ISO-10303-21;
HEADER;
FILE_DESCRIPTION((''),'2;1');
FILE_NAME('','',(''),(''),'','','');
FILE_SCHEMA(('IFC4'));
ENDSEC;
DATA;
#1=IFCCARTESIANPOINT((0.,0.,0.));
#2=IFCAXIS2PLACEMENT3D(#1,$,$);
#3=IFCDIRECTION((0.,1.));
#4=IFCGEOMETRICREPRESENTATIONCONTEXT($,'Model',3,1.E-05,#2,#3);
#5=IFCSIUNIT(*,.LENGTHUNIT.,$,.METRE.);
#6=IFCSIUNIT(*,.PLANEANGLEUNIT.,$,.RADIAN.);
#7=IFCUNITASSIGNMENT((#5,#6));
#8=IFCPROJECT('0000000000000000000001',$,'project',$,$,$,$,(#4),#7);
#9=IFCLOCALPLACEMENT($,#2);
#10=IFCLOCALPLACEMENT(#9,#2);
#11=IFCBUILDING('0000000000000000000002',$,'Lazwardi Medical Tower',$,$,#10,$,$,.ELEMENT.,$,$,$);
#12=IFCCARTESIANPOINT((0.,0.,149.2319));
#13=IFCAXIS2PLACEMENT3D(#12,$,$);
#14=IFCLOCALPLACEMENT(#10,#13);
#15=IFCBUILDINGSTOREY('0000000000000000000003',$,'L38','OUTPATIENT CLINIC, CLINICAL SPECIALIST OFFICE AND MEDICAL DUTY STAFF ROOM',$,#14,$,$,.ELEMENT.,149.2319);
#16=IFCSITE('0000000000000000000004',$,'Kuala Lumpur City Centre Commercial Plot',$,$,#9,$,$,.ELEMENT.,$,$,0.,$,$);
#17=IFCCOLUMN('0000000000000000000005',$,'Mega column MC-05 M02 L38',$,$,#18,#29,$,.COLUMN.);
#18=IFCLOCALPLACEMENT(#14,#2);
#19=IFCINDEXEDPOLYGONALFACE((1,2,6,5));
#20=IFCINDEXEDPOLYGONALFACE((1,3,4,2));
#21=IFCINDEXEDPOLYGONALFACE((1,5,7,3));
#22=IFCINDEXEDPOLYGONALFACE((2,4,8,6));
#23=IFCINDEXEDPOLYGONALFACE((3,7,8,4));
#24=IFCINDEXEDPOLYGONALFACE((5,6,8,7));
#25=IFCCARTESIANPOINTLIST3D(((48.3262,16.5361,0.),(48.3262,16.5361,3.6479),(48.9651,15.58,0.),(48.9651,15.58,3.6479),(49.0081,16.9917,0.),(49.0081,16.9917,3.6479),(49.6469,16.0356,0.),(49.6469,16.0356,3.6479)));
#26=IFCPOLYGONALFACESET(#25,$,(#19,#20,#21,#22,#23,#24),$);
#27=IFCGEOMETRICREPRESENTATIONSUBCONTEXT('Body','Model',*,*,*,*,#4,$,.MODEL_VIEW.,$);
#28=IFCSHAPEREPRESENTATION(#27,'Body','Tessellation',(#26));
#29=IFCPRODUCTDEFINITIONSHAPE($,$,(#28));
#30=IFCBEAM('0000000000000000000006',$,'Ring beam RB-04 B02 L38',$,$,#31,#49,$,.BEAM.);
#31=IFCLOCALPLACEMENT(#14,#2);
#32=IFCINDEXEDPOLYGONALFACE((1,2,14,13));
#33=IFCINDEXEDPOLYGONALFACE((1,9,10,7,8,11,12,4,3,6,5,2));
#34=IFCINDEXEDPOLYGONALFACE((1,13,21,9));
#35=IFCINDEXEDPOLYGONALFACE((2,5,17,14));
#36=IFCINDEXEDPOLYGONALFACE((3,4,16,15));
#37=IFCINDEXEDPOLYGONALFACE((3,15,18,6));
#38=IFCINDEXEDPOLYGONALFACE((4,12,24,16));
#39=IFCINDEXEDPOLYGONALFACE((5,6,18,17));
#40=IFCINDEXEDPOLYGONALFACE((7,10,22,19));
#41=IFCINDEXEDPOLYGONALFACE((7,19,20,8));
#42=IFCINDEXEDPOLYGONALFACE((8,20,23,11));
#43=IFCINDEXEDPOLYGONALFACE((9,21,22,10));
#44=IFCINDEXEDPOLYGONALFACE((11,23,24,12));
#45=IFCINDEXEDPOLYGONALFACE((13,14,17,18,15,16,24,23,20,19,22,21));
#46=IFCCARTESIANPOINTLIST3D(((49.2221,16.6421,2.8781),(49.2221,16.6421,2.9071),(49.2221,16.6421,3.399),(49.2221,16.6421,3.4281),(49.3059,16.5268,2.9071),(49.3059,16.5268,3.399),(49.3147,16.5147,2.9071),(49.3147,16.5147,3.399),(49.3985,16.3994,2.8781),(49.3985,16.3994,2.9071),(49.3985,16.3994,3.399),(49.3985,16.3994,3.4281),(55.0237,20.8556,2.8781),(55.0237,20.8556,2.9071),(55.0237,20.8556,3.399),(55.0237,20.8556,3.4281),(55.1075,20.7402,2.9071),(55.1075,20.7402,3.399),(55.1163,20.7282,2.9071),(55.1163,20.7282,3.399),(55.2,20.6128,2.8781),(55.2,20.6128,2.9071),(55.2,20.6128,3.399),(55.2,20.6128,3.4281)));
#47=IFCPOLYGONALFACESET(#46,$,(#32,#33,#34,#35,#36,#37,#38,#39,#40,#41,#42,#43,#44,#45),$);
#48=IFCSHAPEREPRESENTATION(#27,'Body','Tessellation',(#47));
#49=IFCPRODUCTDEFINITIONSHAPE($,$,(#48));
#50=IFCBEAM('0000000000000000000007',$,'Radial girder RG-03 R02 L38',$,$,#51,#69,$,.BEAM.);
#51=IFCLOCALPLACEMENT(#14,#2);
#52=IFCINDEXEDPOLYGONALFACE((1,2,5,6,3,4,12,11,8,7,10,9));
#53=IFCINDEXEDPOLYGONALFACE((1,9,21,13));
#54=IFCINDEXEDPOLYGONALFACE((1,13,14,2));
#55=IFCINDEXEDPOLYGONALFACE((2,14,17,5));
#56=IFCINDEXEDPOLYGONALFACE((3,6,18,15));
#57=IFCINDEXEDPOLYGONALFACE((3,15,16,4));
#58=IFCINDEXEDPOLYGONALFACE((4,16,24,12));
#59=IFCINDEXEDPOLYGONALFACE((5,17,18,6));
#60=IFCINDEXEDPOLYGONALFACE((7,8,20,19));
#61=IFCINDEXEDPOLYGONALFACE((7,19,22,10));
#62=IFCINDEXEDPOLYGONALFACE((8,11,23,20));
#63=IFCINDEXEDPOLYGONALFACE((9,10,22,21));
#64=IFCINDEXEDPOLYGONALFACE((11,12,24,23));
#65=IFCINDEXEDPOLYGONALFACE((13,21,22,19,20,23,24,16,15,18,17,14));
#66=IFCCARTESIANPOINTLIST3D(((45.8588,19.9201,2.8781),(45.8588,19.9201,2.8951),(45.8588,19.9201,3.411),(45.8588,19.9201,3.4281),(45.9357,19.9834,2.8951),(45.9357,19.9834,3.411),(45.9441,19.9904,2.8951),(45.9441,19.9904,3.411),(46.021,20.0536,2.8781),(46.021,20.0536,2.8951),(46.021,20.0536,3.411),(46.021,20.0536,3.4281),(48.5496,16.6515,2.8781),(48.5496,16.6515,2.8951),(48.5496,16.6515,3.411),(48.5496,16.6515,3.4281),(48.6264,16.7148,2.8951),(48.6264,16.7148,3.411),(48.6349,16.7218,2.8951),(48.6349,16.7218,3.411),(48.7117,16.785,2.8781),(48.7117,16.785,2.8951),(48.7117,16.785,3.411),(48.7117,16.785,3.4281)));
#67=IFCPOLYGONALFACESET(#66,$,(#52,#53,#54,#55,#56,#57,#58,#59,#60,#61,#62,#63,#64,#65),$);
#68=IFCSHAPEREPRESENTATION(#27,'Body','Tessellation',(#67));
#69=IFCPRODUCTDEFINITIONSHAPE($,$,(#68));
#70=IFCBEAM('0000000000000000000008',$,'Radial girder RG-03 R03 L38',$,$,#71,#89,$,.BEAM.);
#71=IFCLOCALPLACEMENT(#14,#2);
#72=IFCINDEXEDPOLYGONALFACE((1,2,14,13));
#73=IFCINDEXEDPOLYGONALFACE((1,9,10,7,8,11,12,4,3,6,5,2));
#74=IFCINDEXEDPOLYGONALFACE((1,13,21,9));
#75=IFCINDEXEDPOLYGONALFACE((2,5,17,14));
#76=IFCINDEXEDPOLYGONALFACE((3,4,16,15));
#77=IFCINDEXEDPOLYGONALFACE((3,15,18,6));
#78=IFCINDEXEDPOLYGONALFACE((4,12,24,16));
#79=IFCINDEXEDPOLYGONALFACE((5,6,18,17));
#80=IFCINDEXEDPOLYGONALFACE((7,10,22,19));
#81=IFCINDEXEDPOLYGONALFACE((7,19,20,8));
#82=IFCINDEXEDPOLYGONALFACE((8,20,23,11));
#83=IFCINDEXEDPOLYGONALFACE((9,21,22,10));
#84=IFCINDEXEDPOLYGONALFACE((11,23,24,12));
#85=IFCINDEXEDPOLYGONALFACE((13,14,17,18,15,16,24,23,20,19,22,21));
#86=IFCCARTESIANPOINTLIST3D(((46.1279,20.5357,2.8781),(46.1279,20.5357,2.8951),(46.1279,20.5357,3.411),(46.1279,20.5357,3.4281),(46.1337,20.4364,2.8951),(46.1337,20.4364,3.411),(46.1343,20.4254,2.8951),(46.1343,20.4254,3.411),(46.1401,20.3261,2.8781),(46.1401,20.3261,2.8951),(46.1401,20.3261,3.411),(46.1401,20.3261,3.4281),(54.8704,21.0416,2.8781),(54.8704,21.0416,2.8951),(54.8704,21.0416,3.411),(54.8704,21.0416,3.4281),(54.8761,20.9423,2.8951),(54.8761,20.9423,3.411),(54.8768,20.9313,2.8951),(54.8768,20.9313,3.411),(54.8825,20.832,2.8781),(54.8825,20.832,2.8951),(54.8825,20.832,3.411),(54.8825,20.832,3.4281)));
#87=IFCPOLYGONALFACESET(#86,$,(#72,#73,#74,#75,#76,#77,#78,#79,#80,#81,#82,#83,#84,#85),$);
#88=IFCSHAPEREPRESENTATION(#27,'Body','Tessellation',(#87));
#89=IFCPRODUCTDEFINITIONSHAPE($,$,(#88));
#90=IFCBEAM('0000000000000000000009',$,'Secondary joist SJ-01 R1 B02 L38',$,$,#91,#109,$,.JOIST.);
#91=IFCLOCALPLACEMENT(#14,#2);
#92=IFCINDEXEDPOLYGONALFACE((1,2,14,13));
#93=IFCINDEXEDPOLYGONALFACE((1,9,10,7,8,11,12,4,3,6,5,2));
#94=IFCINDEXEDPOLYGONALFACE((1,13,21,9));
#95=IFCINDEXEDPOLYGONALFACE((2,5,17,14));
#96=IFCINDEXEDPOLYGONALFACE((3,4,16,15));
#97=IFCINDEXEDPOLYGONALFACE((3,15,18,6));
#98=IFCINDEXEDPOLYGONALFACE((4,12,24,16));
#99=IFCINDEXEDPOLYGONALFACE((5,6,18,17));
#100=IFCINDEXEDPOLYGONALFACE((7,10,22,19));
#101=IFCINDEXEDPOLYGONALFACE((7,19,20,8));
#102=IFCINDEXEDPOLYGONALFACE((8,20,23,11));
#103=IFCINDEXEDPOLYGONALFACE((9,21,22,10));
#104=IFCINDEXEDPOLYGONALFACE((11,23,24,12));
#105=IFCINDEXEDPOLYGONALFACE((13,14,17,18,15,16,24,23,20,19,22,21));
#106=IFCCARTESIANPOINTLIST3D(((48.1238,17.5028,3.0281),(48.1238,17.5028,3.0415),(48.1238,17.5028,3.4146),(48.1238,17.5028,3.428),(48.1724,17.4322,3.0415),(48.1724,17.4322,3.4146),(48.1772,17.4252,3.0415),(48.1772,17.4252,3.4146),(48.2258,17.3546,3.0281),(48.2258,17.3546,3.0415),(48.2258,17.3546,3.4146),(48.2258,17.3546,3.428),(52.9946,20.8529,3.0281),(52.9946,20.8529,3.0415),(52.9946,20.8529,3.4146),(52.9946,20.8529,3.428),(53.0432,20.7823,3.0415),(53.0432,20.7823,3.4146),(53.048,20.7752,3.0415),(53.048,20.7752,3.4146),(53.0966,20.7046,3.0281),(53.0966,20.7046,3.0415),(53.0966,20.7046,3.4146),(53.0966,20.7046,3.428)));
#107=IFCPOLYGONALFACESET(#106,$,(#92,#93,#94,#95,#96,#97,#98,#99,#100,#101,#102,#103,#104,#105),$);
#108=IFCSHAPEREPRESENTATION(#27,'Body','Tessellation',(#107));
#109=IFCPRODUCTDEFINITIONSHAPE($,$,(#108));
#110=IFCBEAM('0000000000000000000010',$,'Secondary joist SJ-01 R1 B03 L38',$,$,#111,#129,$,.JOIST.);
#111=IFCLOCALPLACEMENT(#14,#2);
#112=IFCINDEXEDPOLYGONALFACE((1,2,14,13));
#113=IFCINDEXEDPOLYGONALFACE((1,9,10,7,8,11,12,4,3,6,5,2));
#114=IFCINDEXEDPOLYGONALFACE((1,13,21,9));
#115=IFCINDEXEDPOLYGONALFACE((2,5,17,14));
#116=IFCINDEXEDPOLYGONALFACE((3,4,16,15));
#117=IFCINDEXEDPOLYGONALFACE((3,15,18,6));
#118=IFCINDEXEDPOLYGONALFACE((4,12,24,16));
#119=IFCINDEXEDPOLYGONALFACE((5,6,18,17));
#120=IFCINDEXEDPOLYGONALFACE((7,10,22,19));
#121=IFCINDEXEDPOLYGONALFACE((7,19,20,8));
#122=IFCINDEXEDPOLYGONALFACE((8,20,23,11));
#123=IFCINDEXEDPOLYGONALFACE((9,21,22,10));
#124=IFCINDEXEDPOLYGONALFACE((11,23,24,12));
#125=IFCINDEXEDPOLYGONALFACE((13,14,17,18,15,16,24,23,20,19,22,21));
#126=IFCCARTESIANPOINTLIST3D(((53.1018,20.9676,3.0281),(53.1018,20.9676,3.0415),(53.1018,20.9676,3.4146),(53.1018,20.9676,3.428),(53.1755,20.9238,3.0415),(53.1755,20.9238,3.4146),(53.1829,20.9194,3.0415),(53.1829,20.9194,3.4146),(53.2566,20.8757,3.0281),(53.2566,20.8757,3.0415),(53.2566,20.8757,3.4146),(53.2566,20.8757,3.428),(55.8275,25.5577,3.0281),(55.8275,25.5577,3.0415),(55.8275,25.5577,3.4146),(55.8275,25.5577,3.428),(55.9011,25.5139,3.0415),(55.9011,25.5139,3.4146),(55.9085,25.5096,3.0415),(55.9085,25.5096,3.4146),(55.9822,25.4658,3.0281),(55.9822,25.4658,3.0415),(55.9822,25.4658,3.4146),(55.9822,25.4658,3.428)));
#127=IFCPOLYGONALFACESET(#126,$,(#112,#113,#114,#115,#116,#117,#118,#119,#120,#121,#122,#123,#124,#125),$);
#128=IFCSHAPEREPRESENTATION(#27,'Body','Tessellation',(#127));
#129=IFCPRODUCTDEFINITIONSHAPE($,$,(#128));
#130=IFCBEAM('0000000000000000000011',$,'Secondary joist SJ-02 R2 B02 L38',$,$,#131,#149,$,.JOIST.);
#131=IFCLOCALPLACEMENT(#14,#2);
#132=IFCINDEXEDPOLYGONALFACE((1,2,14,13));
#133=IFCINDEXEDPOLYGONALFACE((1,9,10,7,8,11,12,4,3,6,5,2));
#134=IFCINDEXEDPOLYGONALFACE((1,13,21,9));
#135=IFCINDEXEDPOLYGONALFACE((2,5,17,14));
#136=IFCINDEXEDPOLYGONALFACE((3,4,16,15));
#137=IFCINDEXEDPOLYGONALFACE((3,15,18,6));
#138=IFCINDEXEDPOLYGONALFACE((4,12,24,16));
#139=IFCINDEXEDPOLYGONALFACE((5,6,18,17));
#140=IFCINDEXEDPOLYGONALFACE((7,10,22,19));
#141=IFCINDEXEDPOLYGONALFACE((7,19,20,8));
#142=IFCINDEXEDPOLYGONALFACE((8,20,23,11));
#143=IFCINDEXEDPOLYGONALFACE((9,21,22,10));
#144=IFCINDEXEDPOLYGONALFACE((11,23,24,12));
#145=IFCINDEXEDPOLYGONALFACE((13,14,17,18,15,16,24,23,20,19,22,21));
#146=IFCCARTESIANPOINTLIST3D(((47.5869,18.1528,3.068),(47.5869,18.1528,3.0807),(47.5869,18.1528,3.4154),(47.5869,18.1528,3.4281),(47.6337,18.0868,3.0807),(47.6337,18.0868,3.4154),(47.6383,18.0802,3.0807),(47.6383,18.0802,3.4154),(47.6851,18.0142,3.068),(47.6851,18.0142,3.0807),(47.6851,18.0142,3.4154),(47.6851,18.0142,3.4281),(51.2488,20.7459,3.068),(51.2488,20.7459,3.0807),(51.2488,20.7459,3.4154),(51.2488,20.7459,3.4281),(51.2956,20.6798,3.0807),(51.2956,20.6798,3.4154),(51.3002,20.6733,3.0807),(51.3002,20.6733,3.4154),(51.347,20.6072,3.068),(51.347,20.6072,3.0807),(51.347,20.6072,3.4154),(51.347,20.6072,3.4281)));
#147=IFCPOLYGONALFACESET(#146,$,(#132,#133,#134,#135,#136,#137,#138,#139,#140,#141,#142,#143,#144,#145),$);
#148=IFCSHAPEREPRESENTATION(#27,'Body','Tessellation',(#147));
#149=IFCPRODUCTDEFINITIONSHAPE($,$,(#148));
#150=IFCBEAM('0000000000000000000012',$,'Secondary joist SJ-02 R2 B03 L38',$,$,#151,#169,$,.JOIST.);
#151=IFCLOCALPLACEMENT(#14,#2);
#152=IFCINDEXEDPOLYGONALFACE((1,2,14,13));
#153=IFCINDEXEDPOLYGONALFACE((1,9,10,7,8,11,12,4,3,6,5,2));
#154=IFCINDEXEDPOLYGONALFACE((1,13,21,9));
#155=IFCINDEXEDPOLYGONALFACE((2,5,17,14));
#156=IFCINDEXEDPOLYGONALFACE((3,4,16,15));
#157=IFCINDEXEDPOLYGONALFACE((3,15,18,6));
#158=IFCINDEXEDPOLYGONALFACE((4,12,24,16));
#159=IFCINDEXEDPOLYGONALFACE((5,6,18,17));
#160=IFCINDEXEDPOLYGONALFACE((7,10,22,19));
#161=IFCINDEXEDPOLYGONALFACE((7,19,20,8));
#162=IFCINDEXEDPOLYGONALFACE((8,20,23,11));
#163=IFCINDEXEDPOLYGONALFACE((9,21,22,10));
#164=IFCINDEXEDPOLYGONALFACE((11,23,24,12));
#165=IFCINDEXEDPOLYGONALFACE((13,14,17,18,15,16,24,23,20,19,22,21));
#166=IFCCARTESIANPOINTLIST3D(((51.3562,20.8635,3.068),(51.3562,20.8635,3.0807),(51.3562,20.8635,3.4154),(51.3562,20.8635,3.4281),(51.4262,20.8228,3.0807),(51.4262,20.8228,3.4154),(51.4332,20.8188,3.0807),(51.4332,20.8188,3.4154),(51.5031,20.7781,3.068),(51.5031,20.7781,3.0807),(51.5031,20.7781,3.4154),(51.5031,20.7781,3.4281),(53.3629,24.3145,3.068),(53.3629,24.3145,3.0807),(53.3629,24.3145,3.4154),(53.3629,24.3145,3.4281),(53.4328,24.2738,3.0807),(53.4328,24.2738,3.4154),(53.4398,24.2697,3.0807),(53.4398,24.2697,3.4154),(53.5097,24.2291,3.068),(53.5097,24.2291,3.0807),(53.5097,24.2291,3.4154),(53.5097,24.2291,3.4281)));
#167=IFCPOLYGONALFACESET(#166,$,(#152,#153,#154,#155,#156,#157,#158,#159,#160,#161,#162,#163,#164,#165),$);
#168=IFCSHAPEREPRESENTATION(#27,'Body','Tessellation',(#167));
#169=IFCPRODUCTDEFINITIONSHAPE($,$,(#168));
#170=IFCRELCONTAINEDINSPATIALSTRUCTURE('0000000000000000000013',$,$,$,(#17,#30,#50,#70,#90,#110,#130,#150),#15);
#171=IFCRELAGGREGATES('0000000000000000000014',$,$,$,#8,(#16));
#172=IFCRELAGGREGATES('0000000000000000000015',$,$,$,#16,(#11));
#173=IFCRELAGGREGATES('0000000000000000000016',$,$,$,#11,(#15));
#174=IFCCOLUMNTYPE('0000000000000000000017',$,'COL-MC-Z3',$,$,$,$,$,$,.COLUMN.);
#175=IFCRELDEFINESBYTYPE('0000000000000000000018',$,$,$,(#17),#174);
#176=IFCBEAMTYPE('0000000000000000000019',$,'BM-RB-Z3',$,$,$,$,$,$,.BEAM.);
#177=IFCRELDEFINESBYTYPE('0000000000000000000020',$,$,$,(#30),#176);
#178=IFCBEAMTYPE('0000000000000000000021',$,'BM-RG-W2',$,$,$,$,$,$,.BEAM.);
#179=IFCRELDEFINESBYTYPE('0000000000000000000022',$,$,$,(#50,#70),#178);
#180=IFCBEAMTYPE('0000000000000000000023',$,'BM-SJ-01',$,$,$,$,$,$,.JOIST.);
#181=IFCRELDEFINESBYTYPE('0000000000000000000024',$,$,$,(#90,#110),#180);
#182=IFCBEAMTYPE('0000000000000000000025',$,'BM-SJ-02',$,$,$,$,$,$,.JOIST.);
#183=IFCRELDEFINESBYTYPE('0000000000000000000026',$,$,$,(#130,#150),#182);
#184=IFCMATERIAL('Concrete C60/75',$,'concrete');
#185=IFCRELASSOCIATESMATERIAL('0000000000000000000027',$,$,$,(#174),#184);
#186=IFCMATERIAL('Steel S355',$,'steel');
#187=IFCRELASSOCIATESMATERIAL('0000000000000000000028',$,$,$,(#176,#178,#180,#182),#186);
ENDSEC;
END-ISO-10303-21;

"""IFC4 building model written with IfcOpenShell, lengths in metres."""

from ifc_helpers import new_model, si_unit, direction, frame, origin, origin_2d, place, context, subcontext, project, spatial, rectangle, i_section, extrude, material, material_profile, profile_set, type_object, element, save


model = new_model("IFC4")

# Units and contexts
model_context = context("Model", 3, precision=1e-05, world=origin(), true_north=direction((0.0, 1.0)))
body_context = subcontext(model_context, "Body", "Model", "MODEL_VIEW")
ifc_project = project(units=[si_unit("LENGTHUNIT", "METRE"), si_unit("PLANEANGLEUNIT", "RADIAN")], contexts=[model_context])

# Site, building, storey
site_placement = place(None, origin())
site = spatial("IfcSite", under=ifc_project, at=site_placement, Name="Kuala Lumpur City Centre Commercial Plot", CompositionType="ELEMENT", RefElevation=0.0)
building_placement = place(site_placement, origin())
building = spatial("IfcBuilding", under=site, at=building_placement, Name="Lazwardi Medical Tower", CompositionType="ELEMENT")
storey_placement = place(building_placement, frame((0.0, 0.0, 149.2319)))
storey = spatial("IfcBuildingStorey", under=building, at=storey_placement, Name="L38", Description="OUTPATIENT CLINIC, CLINICAL SPECIALIST OFFICE AND MEDICAL DUTY STAFF ROOM", CompositionType="ELEMENT", Elevation=149.2319)

# Column
ifc_material_1 = material(Name="Concrete C60/75", Category="concrete")
ifc_material_profile_1 = material_profile(ifc_material_1, rectangle(XDim=1.1499, YDim=0.8201, at=origin_2d()), Name="CFT-RECT 1150x820")
ifc_profile_set_1 = profile_set([ifc_material_profile_1], Name="Concrete C60/75")
column_type = type_object("IfcColumnType", Name="COL-MC-Z3", PredefinedType="COLUMN", material=ifc_profile_set_1)
column_placement = place(storey_placement, frame((48.9866, 16.2859, 0.0), z_axis=(0.0, 0.0, 1.0), x_axis=(0.55557, -0.83147, 0.0)))
element("IfcColumn", 1, at=column_placement, inside=storey, type_object=column_type, Name="Mega column MC-05 M02 L38", PredefinedType="COLUMN", context=body_context, shape_type="SweptSolid", body=[
    extrude(rectangle(XDim=1.1499, YDim=0.8201, at=origin_2d()), origin(), (0.0, 0.0, 1.0), 3.6479),
])

# Beams
ifc_material_2 = material(Name="Steel S355", Category="steel")
ifc_material_profile_2 = material_profile(ifc_material_2, i_section(OverallWidth=0.3, OverallDepth=0.55, WebThickness=0.0149, FlangeThickness=0.0291, at=origin_2d()), Name="HEB 550")
ifc_profile_set_2 = profile_set([ifc_material_profile_2], Name="Steel S355")
beam_type_1 = type_object("IfcBeamType", Name="BM-RB-Z3", PredefinedType="BEAM", material=ifc_profile_set_2)
beam_1_placement = place(storey_placement, frame((49.3103, 16.5208, 3.1531), z_axis=(0.809128, 0.587633, 0.0), x_axis=(-0.587633, 0.809128, 0.0)))
element("IfcBeam", 2, at=beam_1_placement, inside=storey, type_object=beam_type_1, Name="Ring beam RB-04 B02 L38", PredefinedType="BEAM", context=body_context, shape_type="SweptSolid", body=[
    extrude(i_section(OverallWidth=0.3, OverallDepth=0.55, WebThickness=0.0149, FlangeThickness=0.0291, at=origin_2d()), origin(), (0.0, 0.0, 1.0), 7.1702),
])
ifc_material_profile_3 = material_profile(ifc_material_2, i_section(OverallWidth=0.21, OverallDepth=0.55, WebThickness=0.011, FlangeThickness=0.0171, at=origin_2d()), Name="IPE 550")
ifc_profile_set_3 = profile_set([ifc_material_profile_3], Name="Steel S355")
beam_type_2 = type_object("IfcBeamType", Name="BM-RG-W2", PredefinedType="BEAM", material=ifc_profile_set_3)
beam_2_placement = place(storey_placement, frame((48.6306, 16.7183, 3.1531), z_axis=(-0.635556, 0.772055, 0.0), x_axis=(-0.772055, -0.635556, 0.0)))
element("IfcBeam", 3, at=beam_2_placement, inside=storey, type_object=beam_type_2, Name="Radial girder RG-03 R02 L38", PredefinedType="BEAM", context=body_context, shape_type="SweptSolid", body=[
    extrude(i_section(OverallWidth=0.21, OverallDepth=0.55, WebThickness=0.011, FlangeThickness=0.0171, at=origin_2d()), origin(), (0.0, 0.0, 1.0), 4.2336),
])
beam_3_placement = place(storey_placement, frame((54.8765, 20.9368, 3.1531), z_axis=(-0.99833, -0.057766, 0.0), x_axis=(0.057766, -0.99833, 0.0)))
element("IfcBeam", 4, at=beam_3_placement, inside=storey, type_object=beam_type_2, Name="Radial girder RG-03 R03 L38", PredefinedType="BEAM", context=body_context, shape_type="SweptSolid", body=[
    extrude(i_section(OverallWidth=0.21, OverallDepth=0.55, WebThickness=0.011, FlangeThickness=0.0171, at=origin_2d()), origin(), (0.0, 0.0, 1.0), 8.7571),
])
ifc_material_profile_4 = material_profile(ifc_material_2, i_section(OverallWidth=0.1799, OverallDepth=0.3999, WebThickness=0.0085, FlangeThickness=0.0134, at=origin_2d()), Name="IPE 400")
ifc_profile_set_4 = profile_set([ifc_material_profile_4], Name="Steel S355")
beam_type_3 = type_object("IfcBeamType", Name="BM-SJ-01", PredefinedType="JOIST", material=ifc_profile_set_4)
beam_4_placement = place(storey_placement, frame((48.1748, 17.4287, 3.228), z_axis=(0.823932, 0.566688, 0.0), x_axis=(-0.566688, 0.823932, 0.0)))
element("IfcBeam", 5, at=beam_4_placement, inside=storey, type_object=beam_type_3, Name="Secondary joist SJ-01 R1 B02 L38", PredefinedType="JOIST", context=body_context, shape_type="SweptSolid", body=[
    extrude(i_section(OverallWidth=0.1799, OverallDepth=0.3999, WebThickness=0.0085, FlangeThickness=0.0134, at=origin_2d()), origin(), (0.0, 0.0, 1.0), 5.9116),
])
beam_5_placement = place(storey_placement, frame((53.1792, 20.9216, 3.228), z_axis=(0.510569, 0.859837, 0.0), x_axis=(-0.859837, 0.510569, 0.0)))
element("IfcBeam", 6, at=beam_5_placement, inside=storey, type_object=beam_type_3, Name="Secondary joist SJ-01 R1 B03 L38", PredefinedType="JOIST", context=body_context, shape_type="SweptSolid", body=[
    extrude(i_section(OverallWidth=0.1799, OverallDepth=0.3999, WebThickness=0.0085, FlangeThickness=0.0134, at=origin_2d()), origin(), (0.0, 0.0, 1.0), 5.3384),
])
ifc_material_profile_5 = material_profile(ifc_material_2, i_section(OverallWidth=0.1699, OverallDepth=0.3601, WebThickness=0.0081, FlangeThickness=0.0127, at=origin_2d()), Name="IPE 360")
ifc_profile_set_5 = profile_set([ifc_material_profile_5], Name="Steel S355")
beam_type_4 = type_object("IfcBeamType", Name="BM-SJ-02", PredefinedType="JOIST", material=ifc_profile_set_5)
beam_6_placement = place(storey_placement, frame((47.636, 18.0835, 3.248), z_axis=(0.816109, 0.577898, 0.0), x_axis=(-0.577898, 0.816109, 0.0)))
element("IfcBeam", 7, at=beam_6_placement, inside=storey, type_object=beam_type_4, Name="Secondary joist SJ-02 R2 B02 L38", PredefinedType="JOIST", context=body_context, shape_type="SweptSolid", body=[
    extrude(i_section(OverallWidth=0.1699, OverallDepth=0.3601, WebThickness=0.0081, FlangeThickness=0.0127, at=origin_2d()), origin(), (0.0, 0.0, 1.0), 4.4871),
])
beam_7_placement = place(storey_placement, frame((51.4297, 20.8208, 3.248), z_axis=(0.502665, 0.864481, 0.0), x_axis=(-0.864481, 0.502665, 0.0)))
element("IfcBeam", 8, at=beam_7_placement, inside=storey, type_object=beam_type_4, Name="Secondary joist SJ-02 R2 B03 L38", PredefinedType="JOIST", context=body_context, shape_type="SweptSolid", body=[
    extrude(i_section(OverallWidth=0.1699, OverallDepth=0.3601, WebThickness=0.0081, FlangeThickness=0.0127, at=origin_2d()), origin(), (0.0, 0.0, 1.0), 3.9919),
])

save(model, "model.ifc")
